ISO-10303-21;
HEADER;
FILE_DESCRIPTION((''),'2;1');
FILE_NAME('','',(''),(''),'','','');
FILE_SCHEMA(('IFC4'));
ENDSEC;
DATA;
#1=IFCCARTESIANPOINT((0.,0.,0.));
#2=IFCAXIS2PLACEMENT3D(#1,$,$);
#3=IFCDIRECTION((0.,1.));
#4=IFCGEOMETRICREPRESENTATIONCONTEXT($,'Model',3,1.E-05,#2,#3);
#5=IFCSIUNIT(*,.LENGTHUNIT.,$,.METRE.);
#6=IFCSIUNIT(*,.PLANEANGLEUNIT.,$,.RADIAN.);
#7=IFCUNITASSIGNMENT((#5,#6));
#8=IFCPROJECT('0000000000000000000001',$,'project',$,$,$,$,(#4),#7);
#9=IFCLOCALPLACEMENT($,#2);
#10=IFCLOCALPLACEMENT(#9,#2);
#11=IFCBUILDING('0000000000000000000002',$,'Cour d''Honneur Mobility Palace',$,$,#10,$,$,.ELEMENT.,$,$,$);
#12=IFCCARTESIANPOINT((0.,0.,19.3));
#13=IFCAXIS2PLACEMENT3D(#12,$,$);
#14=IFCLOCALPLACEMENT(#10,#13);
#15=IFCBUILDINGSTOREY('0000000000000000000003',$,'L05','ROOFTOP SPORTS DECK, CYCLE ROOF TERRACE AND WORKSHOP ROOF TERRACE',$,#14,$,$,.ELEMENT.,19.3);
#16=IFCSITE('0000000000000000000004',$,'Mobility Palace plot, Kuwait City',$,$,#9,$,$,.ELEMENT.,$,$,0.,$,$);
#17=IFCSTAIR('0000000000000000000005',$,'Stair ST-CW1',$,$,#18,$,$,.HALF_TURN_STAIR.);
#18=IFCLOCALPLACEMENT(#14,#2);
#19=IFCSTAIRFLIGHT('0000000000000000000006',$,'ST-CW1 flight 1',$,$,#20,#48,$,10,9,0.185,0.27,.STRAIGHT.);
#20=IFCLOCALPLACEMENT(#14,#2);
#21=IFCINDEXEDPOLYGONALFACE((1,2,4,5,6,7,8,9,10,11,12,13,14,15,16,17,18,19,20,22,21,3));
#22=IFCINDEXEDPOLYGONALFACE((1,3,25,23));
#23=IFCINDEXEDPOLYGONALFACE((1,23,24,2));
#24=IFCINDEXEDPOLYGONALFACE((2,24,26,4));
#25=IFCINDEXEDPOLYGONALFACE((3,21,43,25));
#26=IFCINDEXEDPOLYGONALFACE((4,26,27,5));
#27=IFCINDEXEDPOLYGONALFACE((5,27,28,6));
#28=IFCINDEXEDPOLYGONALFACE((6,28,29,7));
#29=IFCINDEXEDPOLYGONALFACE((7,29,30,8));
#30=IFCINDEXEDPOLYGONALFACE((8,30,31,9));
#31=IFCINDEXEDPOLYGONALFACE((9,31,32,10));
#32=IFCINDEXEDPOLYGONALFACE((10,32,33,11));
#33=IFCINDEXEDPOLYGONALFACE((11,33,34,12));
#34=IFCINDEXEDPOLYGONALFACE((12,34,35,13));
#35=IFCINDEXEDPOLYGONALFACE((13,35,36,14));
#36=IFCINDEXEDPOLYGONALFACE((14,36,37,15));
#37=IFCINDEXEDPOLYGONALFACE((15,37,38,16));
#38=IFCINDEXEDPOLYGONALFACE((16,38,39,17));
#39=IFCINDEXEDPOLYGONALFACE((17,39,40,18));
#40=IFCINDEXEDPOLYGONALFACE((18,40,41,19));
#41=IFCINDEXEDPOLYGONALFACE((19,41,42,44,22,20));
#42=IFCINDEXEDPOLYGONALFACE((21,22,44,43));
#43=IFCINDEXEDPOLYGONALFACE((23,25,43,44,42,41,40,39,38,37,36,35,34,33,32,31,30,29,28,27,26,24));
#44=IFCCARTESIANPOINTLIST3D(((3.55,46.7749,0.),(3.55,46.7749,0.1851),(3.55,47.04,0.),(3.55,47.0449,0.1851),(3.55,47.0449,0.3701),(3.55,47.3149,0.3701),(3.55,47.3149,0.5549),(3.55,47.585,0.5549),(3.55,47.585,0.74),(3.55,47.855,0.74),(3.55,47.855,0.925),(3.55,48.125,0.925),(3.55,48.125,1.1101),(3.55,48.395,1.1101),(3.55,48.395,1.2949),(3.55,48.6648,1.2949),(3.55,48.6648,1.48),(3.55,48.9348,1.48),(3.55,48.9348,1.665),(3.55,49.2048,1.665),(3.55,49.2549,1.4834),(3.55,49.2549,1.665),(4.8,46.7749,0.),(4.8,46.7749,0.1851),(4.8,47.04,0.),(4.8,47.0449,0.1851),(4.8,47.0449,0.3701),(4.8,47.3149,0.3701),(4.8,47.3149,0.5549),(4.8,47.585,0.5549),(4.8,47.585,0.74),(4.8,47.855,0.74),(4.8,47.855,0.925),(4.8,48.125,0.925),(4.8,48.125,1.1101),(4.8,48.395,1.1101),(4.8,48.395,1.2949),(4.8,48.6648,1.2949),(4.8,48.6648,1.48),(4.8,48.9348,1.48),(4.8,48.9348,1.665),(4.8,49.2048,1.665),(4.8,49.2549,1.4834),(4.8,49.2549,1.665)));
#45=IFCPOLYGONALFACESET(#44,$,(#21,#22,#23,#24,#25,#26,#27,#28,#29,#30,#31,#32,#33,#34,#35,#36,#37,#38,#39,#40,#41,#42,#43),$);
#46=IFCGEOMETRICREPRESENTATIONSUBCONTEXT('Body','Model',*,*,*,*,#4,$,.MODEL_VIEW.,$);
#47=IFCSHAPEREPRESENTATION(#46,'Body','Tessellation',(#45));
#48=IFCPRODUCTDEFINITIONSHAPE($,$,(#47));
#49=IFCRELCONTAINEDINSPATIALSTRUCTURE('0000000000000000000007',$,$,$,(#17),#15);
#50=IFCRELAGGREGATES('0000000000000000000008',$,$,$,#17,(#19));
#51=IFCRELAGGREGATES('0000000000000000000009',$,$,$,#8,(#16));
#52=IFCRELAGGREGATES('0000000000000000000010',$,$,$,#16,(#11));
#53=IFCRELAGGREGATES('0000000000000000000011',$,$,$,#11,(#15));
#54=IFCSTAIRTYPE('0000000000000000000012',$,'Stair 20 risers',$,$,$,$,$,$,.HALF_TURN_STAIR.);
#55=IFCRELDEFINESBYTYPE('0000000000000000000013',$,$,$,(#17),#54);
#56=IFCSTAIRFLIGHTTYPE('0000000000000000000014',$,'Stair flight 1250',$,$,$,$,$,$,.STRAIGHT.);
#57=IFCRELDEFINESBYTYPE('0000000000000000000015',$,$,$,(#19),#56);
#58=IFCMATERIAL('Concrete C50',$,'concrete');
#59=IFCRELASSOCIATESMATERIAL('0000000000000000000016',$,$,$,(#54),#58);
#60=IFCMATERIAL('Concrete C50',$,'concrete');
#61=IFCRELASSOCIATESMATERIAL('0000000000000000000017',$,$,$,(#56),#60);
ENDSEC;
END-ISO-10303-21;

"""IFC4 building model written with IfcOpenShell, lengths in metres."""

from ifc_helpers import new_model, si_unit, direction, frame, origin, place, context, subcontext, project, spatial, polyline, outline, extrude, material, type_object, element, aggregate, save


model = new_model("IFC4")

# Units and contexts
model_context = context("Model", 3, precision=1e-05, world=origin(), true_north=direction((0.0, 1.0)))
body_context = subcontext(model_context, "Body", "Model", "MODEL_VIEW")
ifc_project = project(units=[si_unit("LENGTHUNIT", "METRE"), si_unit("PLANEANGLEUNIT", "RADIAN")], contexts=[model_context])

# Site, building, storey
site_placement = place(None, origin())
site = spatial("IfcSite", under=ifc_project, at=site_placement, Name="Mobility Palace plot, Kuwait City", CompositionType="ELEMENT", RefElevation=0.0)
building_placement = place(site_placement, origin())
building = spatial("IfcBuilding", under=site, at=building_placement, Name="Cour d'Honneur Mobility Palace", CompositionType="ELEMENT")
storey_placement = place(building_placement, frame((0.0, 0.0, 19.3)))
storey = spatial("IfcBuildingStorey", under=building, at=storey_placement, Name="L05", Description="ROOFTOP SPORTS DECK, CYCLE ROOF TERRACE AND WORKSHOP ROOF TERRACE", CompositionType="ELEMENT", Elevation=19.3)

# Stair, stair flight
ifc_material_1 = material(Name="Concrete C50", Category="concrete")
stair_type = type_object("IfcStairType", Name="Stair 20 risers", PredefinedType="HALF_TURN_STAIR", material=ifc_material_1)
stair_placement = place(storey_placement, origin())
stair = element("IfcStair", 1, at=stair_placement, inside=storey, type_object=stair_type, Name="Stair ST-CW1", PredefinedType="HALF_TURN_STAIR")
ifc_material_2 = material(Name="Concrete C50", Category="concrete")
stair_flight_type = type_object("IfcStairFlightType", Name="Stair flight 1250", PredefinedType="STRAIGHT", material=ifc_material_2)
stair_flight_placement = place(storey_placement, frame((4.175, 46.7749, 0.0), z_axis=(0.0, 0.0, 1.0), x_axis=(0.0, 1.0, 0.0)))
stair_flight = element("IfcStairFlight", 2, at=stair_flight_placement, type_object=stair_flight_type, Name="ST-CW1 flight 1", NumberOfRisers=10, NumberOfTreads=9, PredefinedType="STRAIGHT", RiserHeight=0.185, TreadLength=0.27, context=body_context, shape_type="SweptSolid", body=[
    extrude(outline(polyline([(0.0, 0.0), (0.0, 0.1851), (0.27, 0.1851), (0.27, 0.3701), (0.54, 0.3701), (0.54, 0.5549), (0.8101, 0.5549), (0.8101, 0.74), (1.0801, 0.74), (1.0801, 0.925), (1.3501, 0.925), (1.3501, 1.1101), (1.6201, 1.1101), (1.6201, 1.2949), (1.8899, 1.2949), (1.8899, 1.48), (2.1599, 1.48), (2.1599, 1.665), (2.4299, 1.665), (2.48, 1.665), (2.48, 1.4834), (0.2651, 0.0), (0.0, 0.0)])), frame((0.0, 0.625, 0.0), z_axis=(0.0, -1.0, 0.0), x_axis=(1.0, 0.0, 0.0)), (0.0, 0.0, 1.0), 1.25),
])
aggregate(stair, [stair_flight])

save(model, "model.ifc")
